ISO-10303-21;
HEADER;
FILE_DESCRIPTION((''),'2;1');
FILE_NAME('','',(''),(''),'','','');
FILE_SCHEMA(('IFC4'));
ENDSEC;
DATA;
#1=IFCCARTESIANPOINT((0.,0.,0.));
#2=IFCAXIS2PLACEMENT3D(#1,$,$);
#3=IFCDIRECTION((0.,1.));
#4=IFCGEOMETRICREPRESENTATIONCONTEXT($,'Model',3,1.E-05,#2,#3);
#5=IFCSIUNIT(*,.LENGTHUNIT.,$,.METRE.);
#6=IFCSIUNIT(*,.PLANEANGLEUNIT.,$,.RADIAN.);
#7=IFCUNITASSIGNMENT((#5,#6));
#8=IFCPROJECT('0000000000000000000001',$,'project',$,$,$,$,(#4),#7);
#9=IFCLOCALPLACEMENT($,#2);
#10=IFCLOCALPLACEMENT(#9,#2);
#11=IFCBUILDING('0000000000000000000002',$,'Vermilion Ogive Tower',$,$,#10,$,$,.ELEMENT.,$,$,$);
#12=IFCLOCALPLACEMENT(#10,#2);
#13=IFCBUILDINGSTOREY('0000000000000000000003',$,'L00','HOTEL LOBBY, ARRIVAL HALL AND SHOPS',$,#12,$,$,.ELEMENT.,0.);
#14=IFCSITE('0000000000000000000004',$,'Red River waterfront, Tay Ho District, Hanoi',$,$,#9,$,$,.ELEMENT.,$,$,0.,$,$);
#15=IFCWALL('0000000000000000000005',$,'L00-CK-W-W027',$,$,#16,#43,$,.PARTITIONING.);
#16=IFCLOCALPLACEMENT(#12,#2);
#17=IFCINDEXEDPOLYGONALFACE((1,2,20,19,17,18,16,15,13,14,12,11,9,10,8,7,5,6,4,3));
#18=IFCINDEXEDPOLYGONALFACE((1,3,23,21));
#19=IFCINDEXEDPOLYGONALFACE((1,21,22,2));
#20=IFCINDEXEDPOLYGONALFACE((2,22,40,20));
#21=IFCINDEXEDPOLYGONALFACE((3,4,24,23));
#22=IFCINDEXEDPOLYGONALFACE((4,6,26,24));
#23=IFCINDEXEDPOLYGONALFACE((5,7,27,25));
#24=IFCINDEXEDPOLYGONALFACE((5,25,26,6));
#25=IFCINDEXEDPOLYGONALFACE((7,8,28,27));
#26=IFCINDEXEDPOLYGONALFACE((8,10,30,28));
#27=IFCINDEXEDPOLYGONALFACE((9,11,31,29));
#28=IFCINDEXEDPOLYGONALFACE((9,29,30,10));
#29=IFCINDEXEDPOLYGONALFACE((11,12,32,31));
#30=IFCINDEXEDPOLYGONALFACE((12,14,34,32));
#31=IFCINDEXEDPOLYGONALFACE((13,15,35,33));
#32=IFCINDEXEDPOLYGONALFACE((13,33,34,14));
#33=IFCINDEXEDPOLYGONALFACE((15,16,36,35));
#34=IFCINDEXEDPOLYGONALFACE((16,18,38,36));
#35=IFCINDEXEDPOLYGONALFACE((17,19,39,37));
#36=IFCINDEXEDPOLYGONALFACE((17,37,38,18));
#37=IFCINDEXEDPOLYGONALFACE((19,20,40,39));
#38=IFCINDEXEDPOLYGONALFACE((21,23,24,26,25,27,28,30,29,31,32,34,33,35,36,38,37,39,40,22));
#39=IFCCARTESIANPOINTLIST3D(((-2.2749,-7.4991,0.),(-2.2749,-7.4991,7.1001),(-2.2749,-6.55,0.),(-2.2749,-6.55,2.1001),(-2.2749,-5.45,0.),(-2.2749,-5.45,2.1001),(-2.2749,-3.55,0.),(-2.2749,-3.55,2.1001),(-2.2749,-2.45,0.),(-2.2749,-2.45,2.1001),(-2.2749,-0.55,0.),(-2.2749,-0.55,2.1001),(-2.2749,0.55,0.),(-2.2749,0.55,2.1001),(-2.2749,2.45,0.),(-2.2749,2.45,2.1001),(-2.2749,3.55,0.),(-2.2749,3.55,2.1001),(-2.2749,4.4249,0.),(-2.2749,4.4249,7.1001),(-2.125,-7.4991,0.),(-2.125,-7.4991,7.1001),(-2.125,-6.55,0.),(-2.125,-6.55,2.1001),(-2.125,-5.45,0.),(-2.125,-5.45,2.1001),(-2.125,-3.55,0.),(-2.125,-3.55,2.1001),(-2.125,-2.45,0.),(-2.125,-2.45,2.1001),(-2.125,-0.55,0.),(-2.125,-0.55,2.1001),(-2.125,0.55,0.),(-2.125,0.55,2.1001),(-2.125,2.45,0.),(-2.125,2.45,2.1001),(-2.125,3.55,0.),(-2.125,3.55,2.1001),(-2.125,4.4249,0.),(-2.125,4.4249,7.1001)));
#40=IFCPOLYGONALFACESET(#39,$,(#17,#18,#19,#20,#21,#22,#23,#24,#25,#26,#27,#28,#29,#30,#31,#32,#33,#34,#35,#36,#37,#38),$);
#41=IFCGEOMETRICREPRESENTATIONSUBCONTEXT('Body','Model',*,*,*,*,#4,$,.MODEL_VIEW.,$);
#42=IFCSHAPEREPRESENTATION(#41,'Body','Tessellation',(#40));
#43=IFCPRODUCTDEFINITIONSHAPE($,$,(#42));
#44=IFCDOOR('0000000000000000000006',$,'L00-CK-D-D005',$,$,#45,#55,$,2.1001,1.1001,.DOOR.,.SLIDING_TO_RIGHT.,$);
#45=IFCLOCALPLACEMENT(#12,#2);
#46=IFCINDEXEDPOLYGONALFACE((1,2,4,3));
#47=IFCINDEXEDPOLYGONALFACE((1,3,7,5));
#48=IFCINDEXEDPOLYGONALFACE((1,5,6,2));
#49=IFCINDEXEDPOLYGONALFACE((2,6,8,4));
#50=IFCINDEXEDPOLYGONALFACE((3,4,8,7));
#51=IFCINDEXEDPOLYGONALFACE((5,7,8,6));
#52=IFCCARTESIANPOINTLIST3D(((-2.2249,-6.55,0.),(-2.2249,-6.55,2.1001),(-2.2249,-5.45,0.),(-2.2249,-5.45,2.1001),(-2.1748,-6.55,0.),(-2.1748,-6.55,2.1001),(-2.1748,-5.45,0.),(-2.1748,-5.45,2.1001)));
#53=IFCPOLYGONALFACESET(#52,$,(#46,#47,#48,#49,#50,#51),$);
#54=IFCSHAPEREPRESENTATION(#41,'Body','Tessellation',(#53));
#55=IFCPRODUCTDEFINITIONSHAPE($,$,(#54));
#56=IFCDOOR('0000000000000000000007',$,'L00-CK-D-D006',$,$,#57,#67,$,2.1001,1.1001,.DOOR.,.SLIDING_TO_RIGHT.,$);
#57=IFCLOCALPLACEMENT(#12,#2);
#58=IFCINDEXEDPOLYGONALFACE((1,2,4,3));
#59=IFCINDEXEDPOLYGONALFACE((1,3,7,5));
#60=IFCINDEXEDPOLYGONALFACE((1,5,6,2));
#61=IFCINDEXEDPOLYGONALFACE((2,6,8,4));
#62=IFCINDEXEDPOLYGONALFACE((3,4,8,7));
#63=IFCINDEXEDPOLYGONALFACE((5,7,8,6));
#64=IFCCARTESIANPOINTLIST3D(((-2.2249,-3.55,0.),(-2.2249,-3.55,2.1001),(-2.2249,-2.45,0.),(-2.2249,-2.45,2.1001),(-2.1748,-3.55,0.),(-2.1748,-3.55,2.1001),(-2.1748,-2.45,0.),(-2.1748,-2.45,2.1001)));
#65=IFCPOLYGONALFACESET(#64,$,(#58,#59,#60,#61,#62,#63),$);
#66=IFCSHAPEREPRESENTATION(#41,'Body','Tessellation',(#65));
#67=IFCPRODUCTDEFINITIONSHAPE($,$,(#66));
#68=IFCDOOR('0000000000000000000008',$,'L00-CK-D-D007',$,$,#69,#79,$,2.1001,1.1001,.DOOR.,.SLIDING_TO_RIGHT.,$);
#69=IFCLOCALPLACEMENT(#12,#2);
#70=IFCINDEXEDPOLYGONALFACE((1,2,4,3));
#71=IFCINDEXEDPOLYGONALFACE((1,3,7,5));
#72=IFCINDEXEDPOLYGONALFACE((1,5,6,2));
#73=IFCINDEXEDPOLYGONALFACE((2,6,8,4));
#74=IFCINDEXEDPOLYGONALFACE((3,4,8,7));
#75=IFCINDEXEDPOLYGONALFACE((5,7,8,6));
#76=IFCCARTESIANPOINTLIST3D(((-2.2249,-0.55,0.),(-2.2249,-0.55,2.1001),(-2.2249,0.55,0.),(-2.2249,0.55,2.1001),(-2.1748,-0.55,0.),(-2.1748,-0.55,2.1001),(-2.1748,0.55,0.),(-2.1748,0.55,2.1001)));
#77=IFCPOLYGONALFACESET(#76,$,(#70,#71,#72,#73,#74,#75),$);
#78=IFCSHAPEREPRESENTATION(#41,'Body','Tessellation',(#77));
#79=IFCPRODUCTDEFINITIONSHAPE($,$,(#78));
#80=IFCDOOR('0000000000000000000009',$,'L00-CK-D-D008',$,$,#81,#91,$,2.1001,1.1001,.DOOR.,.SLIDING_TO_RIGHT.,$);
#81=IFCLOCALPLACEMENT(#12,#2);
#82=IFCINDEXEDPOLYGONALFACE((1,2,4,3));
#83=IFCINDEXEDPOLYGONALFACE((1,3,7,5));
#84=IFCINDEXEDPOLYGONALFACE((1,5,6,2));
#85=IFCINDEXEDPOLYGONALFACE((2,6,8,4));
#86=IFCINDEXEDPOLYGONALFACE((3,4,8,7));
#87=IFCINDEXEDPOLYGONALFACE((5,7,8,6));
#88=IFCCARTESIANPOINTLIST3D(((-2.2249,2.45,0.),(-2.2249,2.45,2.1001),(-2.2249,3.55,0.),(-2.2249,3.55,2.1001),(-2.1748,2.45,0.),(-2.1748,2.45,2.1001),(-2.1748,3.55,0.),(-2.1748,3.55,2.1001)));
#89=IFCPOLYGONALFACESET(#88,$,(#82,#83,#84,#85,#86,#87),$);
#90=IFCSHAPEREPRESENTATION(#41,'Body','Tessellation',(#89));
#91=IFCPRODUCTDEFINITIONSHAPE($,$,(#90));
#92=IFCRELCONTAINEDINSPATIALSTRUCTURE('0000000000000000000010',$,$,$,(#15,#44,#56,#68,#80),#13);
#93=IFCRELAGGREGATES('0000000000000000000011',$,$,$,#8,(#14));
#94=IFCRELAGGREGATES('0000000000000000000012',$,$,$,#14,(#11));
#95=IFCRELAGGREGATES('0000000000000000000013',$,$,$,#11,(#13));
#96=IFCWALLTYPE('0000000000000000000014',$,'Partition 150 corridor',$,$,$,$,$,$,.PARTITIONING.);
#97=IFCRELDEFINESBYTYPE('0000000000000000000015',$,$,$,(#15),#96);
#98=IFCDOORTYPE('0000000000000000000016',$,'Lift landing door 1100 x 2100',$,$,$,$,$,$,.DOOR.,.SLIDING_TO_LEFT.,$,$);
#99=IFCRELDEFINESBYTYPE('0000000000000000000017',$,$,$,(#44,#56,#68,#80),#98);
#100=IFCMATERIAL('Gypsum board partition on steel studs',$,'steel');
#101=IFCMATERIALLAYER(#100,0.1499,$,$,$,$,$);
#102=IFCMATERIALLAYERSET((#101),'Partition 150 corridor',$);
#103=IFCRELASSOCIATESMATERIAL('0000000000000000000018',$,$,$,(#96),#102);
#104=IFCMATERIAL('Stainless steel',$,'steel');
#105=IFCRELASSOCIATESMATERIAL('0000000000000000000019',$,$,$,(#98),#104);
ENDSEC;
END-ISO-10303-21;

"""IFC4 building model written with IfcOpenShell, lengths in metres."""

from ifc_helpers import new_model, si_unit, direction, frame, frame_2d, origin, place, context, subcontext, project, spatial, rectangle, extrude, material, layer, layer_set, type_object, element, fill, save


model = new_model("IFC4")

# Units and contexts
model_context = context("Model", 3, precision=1e-05, world=origin(), true_north=direction((0.0, 1.0)))
body_context = subcontext(model_context, "Body", "Model", "MODEL_VIEW")
ifc_project = project(units=[si_unit("LENGTHUNIT", "METRE"), si_unit("PLANEANGLEUNIT", "RADIAN")], contexts=[model_context])

# Site, building, storey
site_placement = place(None, origin())
site = spatial("IfcSite", under=ifc_project, at=site_placement, Name="Red River waterfront, Tay Ho District, Hanoi", CompositionType="ELEMENT", RefElevation=0.0)
building_placement = place(site_placement, origin())
building = spatial("IfcBuilding", under=site, at=building_placement, Name="Vermilion Ogive Tower", CompositionType="ELEMENT")
storey_placement = place(building_placement, origin())
storey = spatial("IfcBuildingStorey", under=building, at=storey_placement, Name="L00", Description="HOTEL LOBBY, ARRIVAL HALL AND SHOPS", CompositionType="ELEMENT", Elevation=0.0)

# Shared definitions
ifc_material_1 = material(Name="Gypsum board partition on steel studs", Category="steel")
ifc_layer_1 = layer(ifc_material_1, 0.1499)
ifc_layer_set_1 = layer_set([ifc_layer_1], Name="Partition 150 corridor")
wall_type_1 = type_object("IfcWallType", Name="Partition 150 corridor", PredefinedType="PARTITIONING", material=ifc_layer_set_1)

# Wall, openings, doors
ifc_material_2 = material(Name="Stainless steel", Category="steel")
door_type = type_object("IfcDoorType", Name="Lift landing door 1100 x 2100", OperationType="SLIDING_TO_LEFT", PredefinedType="DOOR", material=ifc_material_2)
wall_1_placement = place(storey_placement, frame((-2.2, -7.499, 0.0), z_axis=(0.0, 0.0, 1.0), x_axis=(0.0, 1.0, 0.0)))
wall_1 = element("IfcWall", 1, at=wall_1_placement, inside=storey, type_object=wall_type_1, Name="L00-CK-W-W027", PredefinedType="PARTITIONING", context=body_context, shape_type="SweptSolid", body=[
    extrude(rectangle(XDim=11.9241, YDim=0.1499, at=frame_2d((5.9619, 0.0))), origin(), (0.0, 0.0, 1.0), 7.1001),
])
opening_1_placement = place(wall_1_placement, frame((0.949, 0.0, 0.0)))
opening_1 = element("IfcOpeningElement", 2, at=opening_1_placement, cuts=wall_1, PredefinedType="OPENING", context=body_context, shape_type="SweptSolid", body=[
    extrude(rectangle(XDim=1.1001, YDim=2.1001, at=frame_2d((0.55, 1.05))), frame((0.0, 0.085, 0.0), z_axis=(0.0, -1.0, 0.0), x_axis=(1.0, 0.0, 0.0)), (0.0, 0.0, 1.0), 0.1699),
])
opening_2_placement = place(wall_1_placement, frame((3.949, 0.0, 0.0)))
opening_2 = element("IfcOpeningElement", 3, at=opening_2_placement, cuts=wall_1, PredefinedType="OPENING", context=body_context, shape_type="SweptSolid", body=[
    extrude(rectangle(XDim=1.1001, YDim=2.1001, at=frame_2d((0.55, 1.05))), frame((0.0, 0.085, 0.0), z_axis=(0.0, -1.0, 0.0), x_axis=(1.0, 0.0, 0.0)), (0.0, 0.0, 1.0), 0.1699),
])
opening_3_placement = place(wall_1_placement, frame((6.949, 0.0, 0.0)))
opening_3 = element("IfcOpeningElement", 4, at=opening_3_placement, cuts=wall_1, PredefinedType="OPENING", context=body_context, shape_type="SweptSolid", body=[
    extrude(rectangle(XDim=1.1001, YDim=2.1001, at=frame_2d((0.55, 1.05))), frame((0.0, 0.085, 0.0), z_axis=(0.0, -1.0, 0.0), x_axis=(1.0, 0.0, 0.0)), (0.0, 0.0, 1.0), 0.1699),
])
opening_4_placement = place(wall_1_placement, frame((9.949, 0.0, 0.0)))
opening_4 = element("IfcOpeningElement", 5, at=opening_4_placement, cuts=wall_1, PredefinedType="OPENING", context=body_context, shape_type="SweptSolid", body=[
    extrude(rectangle(XDim=1.1001, YDim=2.1001, at=frame_2d((0.55, 1.05))), frame((0.0, 0.085, 0.0), z_axis=(0.0, -1.0, 0.0), x_axis=(1.0, 0.0, 0.0)), (0.0, 0.0, 1.0), 0.1699),
])
door_1_placement = place(opening_1_placement, origin())
door_1 = element("IfcDoor", 6, at=door_1_placement, inside=storey, type_object=door_type, Name="L00-CK-D-D005", OperationType="SLIDING_TO_RIGHT", OverallHeight=2.1001, OverallWidth=1.1001, PredefinedType="DOOR", context=body_context, shape_type="SweptSolid", body=[
    extrude(rectangle(XDim=1.1001, YDim=2.1001, at=frame_2d((0.55, 1.05))), frame((0.0, 0.0249, 0.0), z_axis=(0.0, -1.0, 0.0), x_axis=(1.0, 0.0, 0.0)), (0.0, 0.0, 1.0), 0.05),
])
fill(opening_1, door_1)
door_2_placement = place(opening_2_placement, origin())
door_2 = element("IfcDoor", 7, at=door_2_placement, inside=storey, type_object=door_type, Name="L00-CK-D-D006", OperationType="SLIDING_TO_RIGHT", OverallHeight=2.1001, OverallWidth=1.1001, PredefinedType="DOOR", context=body_context, shape_type="SweptSolid", body=[
    extrude(rectangle(XDim=1.1001, YDim=2.1001, at=frame_2d((0.55, 1.05))), frame((0.0, 0.0249, 0.0), z_axis=(0.0, -1.0, 0.0), x_axis=(1.0, 0.0, 0.0)), (0.0, 0.0, 1.0), 0.05),
])
fill(opening_2, door_2)
door_3_placement = place(opening_3_placement, origin())
door_3 = element("IfcDoor", 8, at=door_3_placement, inside=storey, type_object=door_type, Name="L00-CK-D-D007", OperationType="SLIDING_TO_RIGHT", OverallHeight=2.1001, OverallWidth=1.1001, PredefinedType="DOOR", context=body_context, shape_type="SweptSolid", body=[
    extrude(rectangle(XDim=1.1001, YDim=2.1001, at=frame_2d((0.55, 1.05))), frame((0.0, 0.0249, 0.0), z_axis=(0.0, -1.0, 0.0), x_axis=(1.0, 0.0, 0.0)), (0.0, 0.0, 1.0), 0.05),
])
fill(opening_3, door_3)
door_4_placement = place(opening_4_placement, origin())
door_4 = element("IfcDoor", 9, at=door_4_placement, inside=storey, type_object=door_type, Name="L00-CK-D-D008", OperationType="SLIDING_TO_RIGHT", OverallHeight=2.1001, OverallWidth=1.1001, PredefinedType="DOOR", context=body_context, shape_type="SweptSolid", body=[
    extrude(rectangle(XDim=1.1001, YDim=2.1001, at=frame_2d((0.55, 1.05))), frame((0.0, 0.0249, 0.0), z_axis=(0.0, -1.0, 0.0), x_axis=(1.0, 0.0, 0.0)), (0.0, 0.0, 1.0), 0.05),
])
fill(opening_4, door_4)

save(model, "model.ifc")
